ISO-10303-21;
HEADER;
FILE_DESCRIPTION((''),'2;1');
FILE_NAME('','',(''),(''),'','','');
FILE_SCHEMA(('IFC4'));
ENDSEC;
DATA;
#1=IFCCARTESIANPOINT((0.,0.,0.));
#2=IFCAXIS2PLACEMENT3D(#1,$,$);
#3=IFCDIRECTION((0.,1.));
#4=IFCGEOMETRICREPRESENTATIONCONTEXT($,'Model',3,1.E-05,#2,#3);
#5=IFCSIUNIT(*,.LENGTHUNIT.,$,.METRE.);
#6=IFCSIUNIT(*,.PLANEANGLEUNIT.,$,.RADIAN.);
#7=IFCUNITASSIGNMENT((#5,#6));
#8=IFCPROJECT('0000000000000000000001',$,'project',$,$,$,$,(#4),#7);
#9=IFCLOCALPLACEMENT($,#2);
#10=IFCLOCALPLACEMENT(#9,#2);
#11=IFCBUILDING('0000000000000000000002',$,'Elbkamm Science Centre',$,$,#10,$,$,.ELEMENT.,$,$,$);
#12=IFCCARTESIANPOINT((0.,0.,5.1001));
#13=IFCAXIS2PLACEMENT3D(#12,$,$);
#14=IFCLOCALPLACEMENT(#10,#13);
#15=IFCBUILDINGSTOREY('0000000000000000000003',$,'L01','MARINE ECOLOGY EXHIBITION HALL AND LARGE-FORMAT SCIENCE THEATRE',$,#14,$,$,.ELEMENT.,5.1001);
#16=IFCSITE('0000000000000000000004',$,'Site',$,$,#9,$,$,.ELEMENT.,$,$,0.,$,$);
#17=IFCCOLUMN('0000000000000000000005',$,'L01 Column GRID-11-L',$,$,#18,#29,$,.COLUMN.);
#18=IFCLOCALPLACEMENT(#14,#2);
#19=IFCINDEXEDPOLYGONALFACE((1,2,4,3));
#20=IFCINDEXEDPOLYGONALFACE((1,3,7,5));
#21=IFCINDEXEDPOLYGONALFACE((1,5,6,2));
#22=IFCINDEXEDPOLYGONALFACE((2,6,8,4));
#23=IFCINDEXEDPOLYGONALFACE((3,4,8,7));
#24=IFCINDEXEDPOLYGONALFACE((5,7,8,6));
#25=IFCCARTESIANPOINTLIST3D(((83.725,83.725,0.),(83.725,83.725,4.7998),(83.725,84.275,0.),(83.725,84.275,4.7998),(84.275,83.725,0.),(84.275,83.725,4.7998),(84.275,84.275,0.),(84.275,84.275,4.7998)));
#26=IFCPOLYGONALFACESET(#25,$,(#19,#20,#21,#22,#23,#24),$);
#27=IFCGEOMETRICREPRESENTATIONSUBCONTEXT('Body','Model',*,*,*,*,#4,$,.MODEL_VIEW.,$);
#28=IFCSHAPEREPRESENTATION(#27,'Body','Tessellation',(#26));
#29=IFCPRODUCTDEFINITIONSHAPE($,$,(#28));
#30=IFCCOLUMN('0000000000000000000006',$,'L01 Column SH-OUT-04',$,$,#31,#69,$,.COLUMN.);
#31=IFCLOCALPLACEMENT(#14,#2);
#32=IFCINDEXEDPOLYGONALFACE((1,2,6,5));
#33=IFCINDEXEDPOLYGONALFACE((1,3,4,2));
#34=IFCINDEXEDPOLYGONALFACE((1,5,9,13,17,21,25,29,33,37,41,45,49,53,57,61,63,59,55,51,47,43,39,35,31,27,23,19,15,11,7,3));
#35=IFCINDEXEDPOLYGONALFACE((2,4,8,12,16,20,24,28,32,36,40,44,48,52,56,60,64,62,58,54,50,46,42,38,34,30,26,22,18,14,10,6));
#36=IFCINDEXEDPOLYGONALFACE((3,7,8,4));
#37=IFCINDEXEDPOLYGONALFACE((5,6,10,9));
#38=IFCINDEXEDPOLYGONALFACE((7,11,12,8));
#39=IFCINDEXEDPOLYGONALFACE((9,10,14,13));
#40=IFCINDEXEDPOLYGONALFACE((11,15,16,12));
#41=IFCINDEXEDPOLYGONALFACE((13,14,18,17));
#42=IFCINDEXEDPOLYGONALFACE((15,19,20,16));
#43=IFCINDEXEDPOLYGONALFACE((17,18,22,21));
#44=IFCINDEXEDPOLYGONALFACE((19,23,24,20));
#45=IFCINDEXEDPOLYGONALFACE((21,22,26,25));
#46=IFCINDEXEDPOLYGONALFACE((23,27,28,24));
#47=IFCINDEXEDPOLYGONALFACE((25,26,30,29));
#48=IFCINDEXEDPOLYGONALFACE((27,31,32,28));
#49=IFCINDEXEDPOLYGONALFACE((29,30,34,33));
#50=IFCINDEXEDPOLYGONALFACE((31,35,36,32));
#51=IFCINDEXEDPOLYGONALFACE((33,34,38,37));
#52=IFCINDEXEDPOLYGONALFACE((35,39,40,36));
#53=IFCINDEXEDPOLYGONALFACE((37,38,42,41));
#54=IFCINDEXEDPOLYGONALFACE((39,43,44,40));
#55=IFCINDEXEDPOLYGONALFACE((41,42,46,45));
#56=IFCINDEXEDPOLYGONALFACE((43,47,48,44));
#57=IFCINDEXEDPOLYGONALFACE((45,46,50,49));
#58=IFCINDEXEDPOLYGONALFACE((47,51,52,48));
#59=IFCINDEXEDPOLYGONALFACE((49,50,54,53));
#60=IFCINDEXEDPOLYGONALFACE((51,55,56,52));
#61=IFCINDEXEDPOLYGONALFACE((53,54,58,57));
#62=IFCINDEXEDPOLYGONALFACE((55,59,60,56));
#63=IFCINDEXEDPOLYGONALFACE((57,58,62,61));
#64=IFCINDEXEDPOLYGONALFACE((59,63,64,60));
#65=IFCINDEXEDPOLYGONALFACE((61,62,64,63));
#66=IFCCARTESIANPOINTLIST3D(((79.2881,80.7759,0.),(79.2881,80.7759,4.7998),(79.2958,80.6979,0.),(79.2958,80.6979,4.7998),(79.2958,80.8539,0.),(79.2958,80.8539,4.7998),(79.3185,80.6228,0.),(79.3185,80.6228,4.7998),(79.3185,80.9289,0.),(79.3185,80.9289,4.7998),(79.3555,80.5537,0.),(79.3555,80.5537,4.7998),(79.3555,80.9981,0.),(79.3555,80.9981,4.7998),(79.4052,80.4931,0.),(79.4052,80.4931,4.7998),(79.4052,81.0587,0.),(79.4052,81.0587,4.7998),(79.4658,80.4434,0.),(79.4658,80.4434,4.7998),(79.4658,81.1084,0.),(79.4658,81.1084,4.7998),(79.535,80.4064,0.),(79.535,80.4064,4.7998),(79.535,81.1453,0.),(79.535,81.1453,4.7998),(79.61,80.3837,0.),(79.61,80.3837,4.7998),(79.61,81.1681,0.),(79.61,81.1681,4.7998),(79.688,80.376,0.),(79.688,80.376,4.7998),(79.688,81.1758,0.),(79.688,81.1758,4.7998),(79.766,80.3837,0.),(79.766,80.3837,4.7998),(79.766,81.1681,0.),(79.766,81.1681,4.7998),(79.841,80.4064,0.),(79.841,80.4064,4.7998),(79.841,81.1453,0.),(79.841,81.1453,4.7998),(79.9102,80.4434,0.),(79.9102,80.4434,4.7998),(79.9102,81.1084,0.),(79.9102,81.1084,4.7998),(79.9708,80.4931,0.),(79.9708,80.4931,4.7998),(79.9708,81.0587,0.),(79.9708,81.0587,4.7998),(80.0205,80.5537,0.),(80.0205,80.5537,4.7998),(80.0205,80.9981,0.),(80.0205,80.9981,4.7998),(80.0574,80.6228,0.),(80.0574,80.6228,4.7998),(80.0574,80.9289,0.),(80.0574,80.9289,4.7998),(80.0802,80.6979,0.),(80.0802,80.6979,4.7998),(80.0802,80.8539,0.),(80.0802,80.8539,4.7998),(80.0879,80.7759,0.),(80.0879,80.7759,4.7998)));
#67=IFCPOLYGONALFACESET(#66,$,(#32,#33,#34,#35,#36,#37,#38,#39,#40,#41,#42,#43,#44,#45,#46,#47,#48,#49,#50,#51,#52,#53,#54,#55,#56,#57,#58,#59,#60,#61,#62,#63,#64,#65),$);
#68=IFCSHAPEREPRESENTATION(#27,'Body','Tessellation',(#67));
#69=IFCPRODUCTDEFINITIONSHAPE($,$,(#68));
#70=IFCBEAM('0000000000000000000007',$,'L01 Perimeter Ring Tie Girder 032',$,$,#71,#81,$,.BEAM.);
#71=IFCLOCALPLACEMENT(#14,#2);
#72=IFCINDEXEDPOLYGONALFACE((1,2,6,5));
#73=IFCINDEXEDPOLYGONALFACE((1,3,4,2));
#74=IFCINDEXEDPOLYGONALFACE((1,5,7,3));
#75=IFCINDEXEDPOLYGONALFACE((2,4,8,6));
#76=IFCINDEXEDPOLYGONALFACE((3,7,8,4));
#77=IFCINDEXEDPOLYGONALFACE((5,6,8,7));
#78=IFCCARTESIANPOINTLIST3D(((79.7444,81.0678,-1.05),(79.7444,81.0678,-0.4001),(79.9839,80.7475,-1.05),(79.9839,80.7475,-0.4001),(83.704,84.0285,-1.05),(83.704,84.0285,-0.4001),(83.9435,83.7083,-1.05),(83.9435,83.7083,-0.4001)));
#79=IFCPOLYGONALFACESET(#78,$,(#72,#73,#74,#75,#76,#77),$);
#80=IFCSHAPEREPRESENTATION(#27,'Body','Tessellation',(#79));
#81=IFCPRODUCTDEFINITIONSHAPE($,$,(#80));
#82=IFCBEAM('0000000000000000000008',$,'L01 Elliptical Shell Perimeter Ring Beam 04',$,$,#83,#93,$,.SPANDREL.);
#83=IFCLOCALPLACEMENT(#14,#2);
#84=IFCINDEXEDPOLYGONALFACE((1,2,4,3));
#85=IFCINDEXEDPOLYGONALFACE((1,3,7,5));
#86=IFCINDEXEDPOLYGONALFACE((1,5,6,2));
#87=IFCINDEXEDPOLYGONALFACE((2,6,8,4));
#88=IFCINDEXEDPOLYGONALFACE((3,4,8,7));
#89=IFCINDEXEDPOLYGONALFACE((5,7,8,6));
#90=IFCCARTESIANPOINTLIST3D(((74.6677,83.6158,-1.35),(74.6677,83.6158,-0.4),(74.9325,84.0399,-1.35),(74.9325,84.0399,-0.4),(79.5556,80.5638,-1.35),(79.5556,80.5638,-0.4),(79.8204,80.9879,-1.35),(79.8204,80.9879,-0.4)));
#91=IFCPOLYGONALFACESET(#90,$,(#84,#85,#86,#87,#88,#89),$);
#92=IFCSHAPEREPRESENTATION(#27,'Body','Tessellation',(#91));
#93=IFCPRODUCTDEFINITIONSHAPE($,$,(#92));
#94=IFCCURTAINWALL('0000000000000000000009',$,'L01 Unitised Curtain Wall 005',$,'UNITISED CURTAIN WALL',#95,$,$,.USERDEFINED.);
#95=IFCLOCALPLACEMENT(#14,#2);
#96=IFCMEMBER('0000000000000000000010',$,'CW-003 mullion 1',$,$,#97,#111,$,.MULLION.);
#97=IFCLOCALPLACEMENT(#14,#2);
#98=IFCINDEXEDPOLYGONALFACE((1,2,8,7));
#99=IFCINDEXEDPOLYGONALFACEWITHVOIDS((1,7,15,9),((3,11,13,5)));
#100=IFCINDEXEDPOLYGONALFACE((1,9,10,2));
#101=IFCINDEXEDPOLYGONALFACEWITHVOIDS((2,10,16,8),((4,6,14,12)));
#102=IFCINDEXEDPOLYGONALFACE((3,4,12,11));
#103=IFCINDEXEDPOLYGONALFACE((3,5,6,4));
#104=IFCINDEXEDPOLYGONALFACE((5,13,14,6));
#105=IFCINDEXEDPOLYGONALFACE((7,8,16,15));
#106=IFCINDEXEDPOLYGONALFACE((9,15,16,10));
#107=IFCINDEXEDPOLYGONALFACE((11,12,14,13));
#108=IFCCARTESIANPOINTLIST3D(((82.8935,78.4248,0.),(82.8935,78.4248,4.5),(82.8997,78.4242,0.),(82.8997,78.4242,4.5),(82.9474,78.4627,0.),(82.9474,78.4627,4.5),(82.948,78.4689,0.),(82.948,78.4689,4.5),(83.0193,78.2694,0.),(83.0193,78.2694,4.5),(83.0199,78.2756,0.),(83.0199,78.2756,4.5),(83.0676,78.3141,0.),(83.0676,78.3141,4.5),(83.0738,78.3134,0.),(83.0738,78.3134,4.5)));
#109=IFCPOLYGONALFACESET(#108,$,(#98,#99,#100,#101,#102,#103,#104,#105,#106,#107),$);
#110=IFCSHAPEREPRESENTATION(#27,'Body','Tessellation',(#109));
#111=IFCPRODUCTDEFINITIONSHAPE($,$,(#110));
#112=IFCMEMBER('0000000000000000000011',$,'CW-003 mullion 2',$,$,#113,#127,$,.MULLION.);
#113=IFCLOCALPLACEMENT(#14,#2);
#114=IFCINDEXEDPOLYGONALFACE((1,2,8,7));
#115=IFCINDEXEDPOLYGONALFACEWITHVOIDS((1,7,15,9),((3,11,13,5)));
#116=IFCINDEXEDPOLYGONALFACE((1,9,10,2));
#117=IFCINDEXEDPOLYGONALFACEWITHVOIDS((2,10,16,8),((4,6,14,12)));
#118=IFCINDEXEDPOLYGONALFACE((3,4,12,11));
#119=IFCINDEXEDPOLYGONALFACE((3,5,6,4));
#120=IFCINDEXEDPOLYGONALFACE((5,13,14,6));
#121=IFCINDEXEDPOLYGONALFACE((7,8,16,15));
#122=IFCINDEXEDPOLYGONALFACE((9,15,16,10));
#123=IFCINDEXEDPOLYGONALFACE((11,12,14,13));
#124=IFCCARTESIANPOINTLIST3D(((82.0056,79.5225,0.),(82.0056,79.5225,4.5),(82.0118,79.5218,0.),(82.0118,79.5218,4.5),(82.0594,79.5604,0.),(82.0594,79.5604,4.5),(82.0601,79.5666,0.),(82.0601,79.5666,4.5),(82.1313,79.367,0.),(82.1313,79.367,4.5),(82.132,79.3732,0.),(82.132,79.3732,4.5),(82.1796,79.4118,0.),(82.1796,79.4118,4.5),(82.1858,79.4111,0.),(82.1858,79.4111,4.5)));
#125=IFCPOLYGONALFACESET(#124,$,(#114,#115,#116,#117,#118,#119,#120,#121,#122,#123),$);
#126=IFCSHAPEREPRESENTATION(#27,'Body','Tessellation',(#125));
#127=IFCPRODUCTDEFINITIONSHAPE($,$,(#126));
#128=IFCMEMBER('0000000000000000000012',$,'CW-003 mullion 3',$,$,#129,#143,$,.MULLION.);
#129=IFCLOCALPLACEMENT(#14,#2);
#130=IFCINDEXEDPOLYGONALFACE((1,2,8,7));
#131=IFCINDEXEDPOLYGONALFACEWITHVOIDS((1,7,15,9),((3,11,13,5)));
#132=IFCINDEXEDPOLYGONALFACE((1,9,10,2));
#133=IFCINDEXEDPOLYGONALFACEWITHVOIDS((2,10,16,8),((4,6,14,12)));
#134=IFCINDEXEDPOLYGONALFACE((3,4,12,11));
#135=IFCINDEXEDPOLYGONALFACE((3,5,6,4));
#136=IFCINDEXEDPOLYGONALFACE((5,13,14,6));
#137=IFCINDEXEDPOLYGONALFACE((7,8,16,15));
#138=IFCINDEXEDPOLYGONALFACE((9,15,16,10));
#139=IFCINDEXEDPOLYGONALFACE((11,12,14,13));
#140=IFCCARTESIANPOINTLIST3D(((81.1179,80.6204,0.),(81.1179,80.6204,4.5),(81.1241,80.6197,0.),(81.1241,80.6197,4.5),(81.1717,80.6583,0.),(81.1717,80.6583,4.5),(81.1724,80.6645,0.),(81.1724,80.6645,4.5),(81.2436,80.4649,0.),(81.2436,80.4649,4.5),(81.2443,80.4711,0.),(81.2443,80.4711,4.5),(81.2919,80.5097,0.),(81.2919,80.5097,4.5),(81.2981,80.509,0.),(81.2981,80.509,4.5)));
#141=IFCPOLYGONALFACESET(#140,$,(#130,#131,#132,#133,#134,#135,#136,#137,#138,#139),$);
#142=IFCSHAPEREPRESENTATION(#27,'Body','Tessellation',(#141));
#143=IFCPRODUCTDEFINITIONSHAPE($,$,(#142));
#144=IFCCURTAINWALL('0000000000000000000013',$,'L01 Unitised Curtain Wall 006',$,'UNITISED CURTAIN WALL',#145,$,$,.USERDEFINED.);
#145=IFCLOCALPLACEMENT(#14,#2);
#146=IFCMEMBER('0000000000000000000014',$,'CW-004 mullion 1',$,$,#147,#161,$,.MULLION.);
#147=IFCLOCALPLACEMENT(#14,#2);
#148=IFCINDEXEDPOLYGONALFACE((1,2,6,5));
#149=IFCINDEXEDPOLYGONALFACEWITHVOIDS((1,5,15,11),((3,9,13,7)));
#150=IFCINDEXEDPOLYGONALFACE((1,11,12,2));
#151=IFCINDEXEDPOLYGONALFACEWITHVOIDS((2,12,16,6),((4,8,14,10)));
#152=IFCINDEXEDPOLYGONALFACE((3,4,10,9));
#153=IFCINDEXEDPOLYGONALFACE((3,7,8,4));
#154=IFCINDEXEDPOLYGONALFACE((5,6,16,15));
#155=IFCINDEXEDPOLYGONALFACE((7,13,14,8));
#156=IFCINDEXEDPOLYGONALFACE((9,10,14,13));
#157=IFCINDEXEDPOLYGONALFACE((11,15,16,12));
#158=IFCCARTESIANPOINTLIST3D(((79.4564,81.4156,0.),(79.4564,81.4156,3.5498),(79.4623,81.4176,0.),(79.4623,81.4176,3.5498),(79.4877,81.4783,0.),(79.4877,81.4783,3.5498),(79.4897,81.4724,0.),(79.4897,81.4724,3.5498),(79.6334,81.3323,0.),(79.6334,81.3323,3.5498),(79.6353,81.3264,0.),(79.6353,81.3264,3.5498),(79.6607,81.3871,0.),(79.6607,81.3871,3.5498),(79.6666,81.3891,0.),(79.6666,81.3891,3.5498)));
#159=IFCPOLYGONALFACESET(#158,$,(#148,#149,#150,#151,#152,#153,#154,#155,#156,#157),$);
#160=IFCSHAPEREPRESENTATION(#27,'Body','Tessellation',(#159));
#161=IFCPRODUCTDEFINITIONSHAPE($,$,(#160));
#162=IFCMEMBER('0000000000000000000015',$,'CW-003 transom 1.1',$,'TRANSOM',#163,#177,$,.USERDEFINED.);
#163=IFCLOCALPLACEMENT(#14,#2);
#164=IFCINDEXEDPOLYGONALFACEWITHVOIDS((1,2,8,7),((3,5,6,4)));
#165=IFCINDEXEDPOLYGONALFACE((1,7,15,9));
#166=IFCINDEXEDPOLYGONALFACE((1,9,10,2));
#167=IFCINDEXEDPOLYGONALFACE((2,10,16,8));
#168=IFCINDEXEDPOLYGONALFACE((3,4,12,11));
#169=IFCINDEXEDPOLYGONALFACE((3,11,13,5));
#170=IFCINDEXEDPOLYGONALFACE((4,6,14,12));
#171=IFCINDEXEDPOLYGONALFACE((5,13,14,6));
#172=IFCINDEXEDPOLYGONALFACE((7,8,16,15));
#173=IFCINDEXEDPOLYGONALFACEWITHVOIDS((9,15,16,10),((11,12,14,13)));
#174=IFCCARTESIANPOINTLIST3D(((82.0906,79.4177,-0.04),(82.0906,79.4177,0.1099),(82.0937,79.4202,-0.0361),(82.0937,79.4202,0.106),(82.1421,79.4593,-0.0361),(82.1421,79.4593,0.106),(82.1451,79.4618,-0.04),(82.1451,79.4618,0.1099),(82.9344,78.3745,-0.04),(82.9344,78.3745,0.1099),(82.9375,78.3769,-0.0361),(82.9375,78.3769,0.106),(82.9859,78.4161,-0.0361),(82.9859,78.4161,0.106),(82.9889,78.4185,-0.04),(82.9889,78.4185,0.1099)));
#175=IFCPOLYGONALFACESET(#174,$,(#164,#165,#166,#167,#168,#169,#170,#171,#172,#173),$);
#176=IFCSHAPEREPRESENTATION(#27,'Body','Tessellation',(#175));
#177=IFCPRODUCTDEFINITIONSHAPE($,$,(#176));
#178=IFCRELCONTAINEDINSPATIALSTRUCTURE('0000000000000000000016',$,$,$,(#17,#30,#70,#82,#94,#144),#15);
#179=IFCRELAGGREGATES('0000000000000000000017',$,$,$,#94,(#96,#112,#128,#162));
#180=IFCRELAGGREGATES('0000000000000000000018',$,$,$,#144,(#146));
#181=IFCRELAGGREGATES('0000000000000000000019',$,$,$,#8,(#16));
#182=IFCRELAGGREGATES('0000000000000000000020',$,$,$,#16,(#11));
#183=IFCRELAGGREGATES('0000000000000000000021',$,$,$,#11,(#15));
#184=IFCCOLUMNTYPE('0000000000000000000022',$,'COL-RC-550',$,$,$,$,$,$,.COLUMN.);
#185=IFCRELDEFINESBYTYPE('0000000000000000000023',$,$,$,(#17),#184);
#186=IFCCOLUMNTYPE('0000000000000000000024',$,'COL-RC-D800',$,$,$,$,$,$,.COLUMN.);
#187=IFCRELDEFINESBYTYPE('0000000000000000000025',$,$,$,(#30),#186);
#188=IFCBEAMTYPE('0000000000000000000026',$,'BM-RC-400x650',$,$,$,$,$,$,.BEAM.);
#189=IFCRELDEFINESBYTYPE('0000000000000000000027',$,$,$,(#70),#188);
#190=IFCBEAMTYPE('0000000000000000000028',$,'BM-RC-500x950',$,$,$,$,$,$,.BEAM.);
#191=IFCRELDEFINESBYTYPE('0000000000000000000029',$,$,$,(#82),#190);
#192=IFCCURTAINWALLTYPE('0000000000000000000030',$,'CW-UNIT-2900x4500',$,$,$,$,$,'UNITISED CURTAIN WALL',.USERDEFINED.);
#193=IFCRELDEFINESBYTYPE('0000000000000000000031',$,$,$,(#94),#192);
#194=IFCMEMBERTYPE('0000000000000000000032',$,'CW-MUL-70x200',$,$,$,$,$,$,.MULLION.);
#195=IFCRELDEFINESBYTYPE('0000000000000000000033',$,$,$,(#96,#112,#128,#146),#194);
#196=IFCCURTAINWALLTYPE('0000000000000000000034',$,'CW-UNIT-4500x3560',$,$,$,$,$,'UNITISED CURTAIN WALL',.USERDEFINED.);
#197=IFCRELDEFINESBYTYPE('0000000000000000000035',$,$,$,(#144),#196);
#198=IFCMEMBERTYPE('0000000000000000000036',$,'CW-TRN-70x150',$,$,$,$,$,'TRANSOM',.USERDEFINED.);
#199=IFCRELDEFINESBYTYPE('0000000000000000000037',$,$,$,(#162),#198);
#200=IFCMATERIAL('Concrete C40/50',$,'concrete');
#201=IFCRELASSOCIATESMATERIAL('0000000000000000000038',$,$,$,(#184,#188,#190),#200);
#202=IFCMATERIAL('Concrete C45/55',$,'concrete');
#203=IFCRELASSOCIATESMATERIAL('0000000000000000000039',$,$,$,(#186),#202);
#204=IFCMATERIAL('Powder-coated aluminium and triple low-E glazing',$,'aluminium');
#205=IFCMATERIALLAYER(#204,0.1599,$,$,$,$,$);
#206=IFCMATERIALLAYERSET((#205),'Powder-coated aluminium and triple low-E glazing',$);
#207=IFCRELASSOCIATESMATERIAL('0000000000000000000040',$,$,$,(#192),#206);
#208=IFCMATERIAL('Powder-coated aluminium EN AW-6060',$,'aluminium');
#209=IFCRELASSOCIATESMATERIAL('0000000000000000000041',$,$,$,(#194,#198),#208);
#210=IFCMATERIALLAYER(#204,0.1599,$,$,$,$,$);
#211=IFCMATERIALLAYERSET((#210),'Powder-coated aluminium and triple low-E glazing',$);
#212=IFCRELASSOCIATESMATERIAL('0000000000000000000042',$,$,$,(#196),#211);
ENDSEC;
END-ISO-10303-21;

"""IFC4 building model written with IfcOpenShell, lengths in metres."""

from ifc_helpers import new_model, si_unit, direction, frame, origin, origin_2d, place, context, subcontext, project, spatial, rectangle, hollow_rectangle, circle, extrude, material, layer, layer_set, material_profile, profile_set, type_object, element, aggregate, save


model = new_model("IFC4")

# Units and contexts
model_context = context("Model", 3, precision=1e-05, world=origin(), true_north=direction((0.0, 1.0)))
body_context = subcontext(model_context, "Body", "Model", "MODEL_VIEW")
ifc_project = project(units=[si_unit("LENGTHUNIT", "METRE"), si_unit("PLANEANGLEUNIT", "RADIAN")], contexts=[model_context])

# Site, building, storey
site_placement = place(None, origin())
site = spatial("IfcSite", under=ifc_project, at=site_placement, Name="Site", CompositionType="ELEMENT", RefElevation=0.0)
building_placement = place(site_placement, origin())
building = spatial("IfcBuilding", under=site, at=building_placement, Name="Elbkamm Science Centre", CompositionType="ELEMENT")
storey_placement = place(building_placement, frame((0.0, 0.0, 5.1001)))
storey = spatial("IfcBuildingStorey", under=building, at=storey_placement, Name="L01", Description="MARINE ECOLOGY EXHIBITION HALL AND LARGE-FORMAT SCIENCE THEATRE", CompositionType="ELEMENT", Elevation=5.1001)

# Columns
ifc_material_1 = material(Name="Concrete C40/50", Category="concrete")
ifc_material_profile_1 = material_profile(ifc_material_1, rectangle(XDim=0.55, YDim=0.55, at=origin_2d()), Name="RC 550x550")
ifc_profile_set_1 = profile_set([ifc_material_profile_1], Name="Concrete C40/50")
column_type_1 = type_object("IfcColumnType", Name="COL-RC-550", PredefinedType="COLUMN", material=ifc_profile_set_1)
column_1_placement = place(storey_placement, frame((84.0, 84.0, 0.0), z_axis=(0.0, 0.0, 1.0), x_axis=(1.0, 0.0, 0.0)))
element("IfcColumn", 1, at=column_1_placement, inside=storey, type_object=column_type_1, Name="L01 Column GRID-11-L", PredefinedType="COLUMN", context=body_context, shape_type="SweptSolid", body=[
    extrude(rectangle(XDim=0.55, YDim=0.55, at=origin_2d()), origin(), (0.0, 0.0, 1.0), 4.7998),
])
ifc_material_2 = material(Name="Concrete C45/55", Category="concrete")
ifc_material_profile_2 = material_profile(ifc_material_2, circle(Radius=0.3999, at=origin_2d()), Name="RC D800")
ifc_profile_set_2 = profile_set([ifc_material_profile_2], Name="Concrete C45/55")
column_type_2 = type_object("IfcColumnType", Name="COL-RC-D800", PredefinedType="COLUMN", material=ifc_profile_set_2)
column_2_placement = place(storey_placement, frame((79.688, 80.7759, 0.0), z_axis=(0.0, 0.0, 1.0), x_axis=(1.0, 0.0, 0.0)))
element("IfcColumn", 2, at=column_2_placement, inside=storey, type_object=column_type_2, Name="L01 Column SH-OUT-04", PredefinedType="COLUMN", context=body_context, shape_type="SweptSolid", body=[
    extrude(circle(Radius=0.3999, at=origin_2d()), origin(), (0.0, 0.0, 1.0), 4.7998),
])

# Beams
ifc_material_profile_3 = material_profile(ifc_material_1, rectangle(XDim=0.3999, YDim=0.6499, at=origin_2d()), Name="RC 400x650")
ifc_profile_set_3 = profile_set([ifc_material_profile_3], Name="Concrete C40/50")
beam_type_1 = type_object("IfcBeamType", Name="BM-RC-400x650", PredefinedType="BEAM", material=ifc_profile_set_3)
beam_1_placement = place(storey_placement, frame((83.8237, 83.8684, -0.7251), z_axis=(-0.800864, -0.598846, 0.0), x_axis=(0.598846, -0.800864, 0.0)))
element("IfcBeam", 3, at=beam_1_placement, inside=storey, type_object=beam_type_1, Name="L01 Perimeter Ring Tie Girder 032", PredefinedType="BEAM", context=body_context, shape_type="SweptSolid", body=[
    extrude(rectangle(XDim=0.3999, YDim=0.6499, at=origin_2d()), origin(), (0.0, 0.0, 1.0), 4.9441),
])
ifc_material_profile_4 = material_profile(ifc_material_1, rectangle(XDim=0.5, YDim=0.95, at=origin_2d()), Name="RC 500x950")
ifc_profile_set_4 = profile_set([ifc_material_profile_4], Name="Concrete C40/50")
beam_type_2 = type_object("IfcBeamType", Name="BM-RC-500x950", PredefinedType="BEAM", material=ifc_profile_set_4)
beam_2_placement = place(storey_placement, frame((79.688, 80.7759, -0.875), z_axis=(-0.848229, 0.529629, 0.0), x_axis=(-0.529629, -0.848229, 0.0)))
element("IfcBeam", 4, at=beam_2_placement, inside=storey, type_object=beam_type_2, Name="L01 Elliptical Shell Perimeter Ring Beam 04", PredefinedType="SPANDREL", context=body_context, shape_type="SweptSolid", body=[
    extrude(rectangle(XDim=0.5, YDim=0.95, at=origin_2d()), origin(), (0.0, 0.0, 1.0), 5.7625),
])

# Curtain wall, members
ifc_material_3 = material(Name="Powder-coated aluminium and triple low-E glazing", Category="aluminium")
ifc_layer_1 = layer(ifc_material_3, 0.1599)
ifc_layer_set_1 = layer_set([ifc_layer_1], Name="Powder-coated aluminium and triple low-E glazing")
curtain_wall_type_1 = type_object("IfcCurtainWallType", Name="CW-UNIT-2900x4500", ElementType="UNITISED CURTAIN WALL", PredefinedType="USERDEFINED", material=ifc_layer_set_1)
curtain_wall_1_placement = place(storey_placement, origin())
curtain_wall_1 = element("IfcCurtainWall", 5, at=curtain_wall_1_placement, inside=storey, type_object=curtain_wall_type_1, Name="L01 Unitised Curtain Wall 005", ObjectType="UNITISED CURTAIN WALL", PredefinedType="USERDEFINED")
ifc_material_4 = material(Name="Powder-coated aluminium EN AW-6060", Category="aluminium")
ifc_material_profile_5 = material_profile(ifc_material_4, hollow_rectangle(XDim=0.0701, YDim=0.2, WallThickness=0.0044, at=origin_2d()), Name="ALU M70x200")
ifc_profile_set_5 = profile_set([ifc_material_profile_5], Name="Powder-coated aluminium EN AW-6060")
member_type_1 = type_object("IfcMemberType", Name="CW-MUL-70x200", PredefinedType="MULLION", material=ifc_profile_set_5)
member_1_placement = place(storey_placement, frame((82.9836, 78.3691, 0.0), z_axis=(0.0, 0.0, 1.0), x_axis=(-0.777493, -0.628892, 0.0)))
member_1 = element("IfcMember", 6, at=member_1_placement, type_object=member_type_1, Name="CW-003 mullion 1", PredefinedType="MULLION", context=body_context, shape_type="SweptSolid", body=[
    extrude(hollow_rectangle(XDim=0.0701, YDim=0.2, WallThickness=0.0044, at=origin_2d()), origin(), (0.0, 0.0, 1.0), 4.5),
])
member_2_placement = place(storey_placement, frame((82.0957, 79.4668, 0.0), z_axis=(0.0, 0.0, 1.0), x_axis=(-0.777493, -0.628892, 0.0)))
member_2 = element("IfcMember", 7, at=member_2_placement, type_object=member_type_1, Name="CW-003 mullion 2", PredefinedType="MULLION", context=body_context, shape_type="SweptSolid", body=[
    extrude(hollow_rectangle(XDim=0.0701, YDim=0.2, WallThickness=0.0044, at=origin_2d()), origin(), (0.0, 0.0, 1.0), 4.5),
])
member_3_placement = place(storey_placement, frame((81.208, 80.5647, 0.0), z_axis=(0.0, 0.0, 1.0), x_axis=(-0.777493, -0.628892, 0.0)))
member_3 = element("IfcMember", 8, at=member_3_placement, type_object=member_type_1, Name="CW-003 mullion 3", PredefinedType="MULLION", context=body_context, shape_type="SweptSolid", body=[
    extrude(hollow_rectangle(XDim=0.0701, YDim=0.2, WallThickness=0.0044, at=origin_2d()), origin(), (0.0, 0.0, 1.0), 4.5),
])

# Curtain wall, member
ifc_layer_2 = layer(ifc_material_3, 0.1599)
ifc_layer_set_2 = layer_set([ifc_layer_2], Name="Powder-coated aluminium and triple low-E glazing")
curtain_wall_type_2 = type_object("IfcCurtainWallType", Name="CW-UNIT-4500x3560", ElementType="UNITISED CURTAIN WALL", PredefinedType="USERDEFINED", material=ifc_layer_set_2)
curtain_wall_2_placement = place(storey_placement, origin())
curtain_wall_2 = element("IfcCurtainWall", 9, at=curtain_wall_2_placement, inside=storey, type_object=curtain_wall_type_2, Name="L01 Unitised Curtain Wall 006", ObjectType="UNITISED CURTAIN WALL", PredefinedType="USERDEFINED")
member_4_placement = place(storey_placement, frame((79.5615, 81.4023, 0.0), z_axis=(0.0, 0.0, 1.0), x_axis=(-0.446441, -0.894813, 0.0)))
member_4 = element("IfcMember", 10, at=member_4_placement, type_object=member_type_1, Name="CW-004 mullion 1", PredefinedType="MULLION", context=body_context, shape_type="SweptSolid", body=[
    extrude(hollow_rectangle(XDim=0.0701, YDim=0.2, WallThickness=0.0044, at=origin_2d()), origin(), (0.0, 0.0, 1.0), 3.5498),
])

# Member
ifc_material_profile_6 = material_profile(ifc_material_4, hollow_rectangle(XDim=0.0701, YDim=0.1499, WallThickness=0.0039, at=origin_2d()), Name="ALU T70x150")
ifc_profile_set_6 = profile_set([ifc_material_profile_6], Name="Powder-coated aluminium EN AW-6060")
member_type_2 = type_object("IfcMemberType", Name="CW-TRN-70x150", ElementType="TRANSOM", PredefinedType="USERDEFINED", material=ifc_profile_set_6)
member_5_placement = place(storey_placement, frame((82.9617, 78.3965, 0.0349), z_axis=(-0.628858, 0.77752, 0.0), x_axis=(-0.77752, -0.628858, 0.0)))
member_5 = element("IfcMember", 11, at=member_5_placement, type_object=member_type_2, Name="CW-003 transom 1.1", ObjectType="TRANSOM", PredefinedType="USERDEFINED", context=body_context, shape_type="SweptSolid", body=[
    extrude(hollow_rectangle(XDim=0.0701, YDim=0.1499, WallThickness=0.0039, at=origin_2d()), origin(), (0.0, 0.0, 1.0), 1.3418),
])

aggregate(curtain_wall_1, [member_1, member_2, member_3, member_5])
aggregate(curtain_wall_2, [member_4])

save(model, "model.ifc")
